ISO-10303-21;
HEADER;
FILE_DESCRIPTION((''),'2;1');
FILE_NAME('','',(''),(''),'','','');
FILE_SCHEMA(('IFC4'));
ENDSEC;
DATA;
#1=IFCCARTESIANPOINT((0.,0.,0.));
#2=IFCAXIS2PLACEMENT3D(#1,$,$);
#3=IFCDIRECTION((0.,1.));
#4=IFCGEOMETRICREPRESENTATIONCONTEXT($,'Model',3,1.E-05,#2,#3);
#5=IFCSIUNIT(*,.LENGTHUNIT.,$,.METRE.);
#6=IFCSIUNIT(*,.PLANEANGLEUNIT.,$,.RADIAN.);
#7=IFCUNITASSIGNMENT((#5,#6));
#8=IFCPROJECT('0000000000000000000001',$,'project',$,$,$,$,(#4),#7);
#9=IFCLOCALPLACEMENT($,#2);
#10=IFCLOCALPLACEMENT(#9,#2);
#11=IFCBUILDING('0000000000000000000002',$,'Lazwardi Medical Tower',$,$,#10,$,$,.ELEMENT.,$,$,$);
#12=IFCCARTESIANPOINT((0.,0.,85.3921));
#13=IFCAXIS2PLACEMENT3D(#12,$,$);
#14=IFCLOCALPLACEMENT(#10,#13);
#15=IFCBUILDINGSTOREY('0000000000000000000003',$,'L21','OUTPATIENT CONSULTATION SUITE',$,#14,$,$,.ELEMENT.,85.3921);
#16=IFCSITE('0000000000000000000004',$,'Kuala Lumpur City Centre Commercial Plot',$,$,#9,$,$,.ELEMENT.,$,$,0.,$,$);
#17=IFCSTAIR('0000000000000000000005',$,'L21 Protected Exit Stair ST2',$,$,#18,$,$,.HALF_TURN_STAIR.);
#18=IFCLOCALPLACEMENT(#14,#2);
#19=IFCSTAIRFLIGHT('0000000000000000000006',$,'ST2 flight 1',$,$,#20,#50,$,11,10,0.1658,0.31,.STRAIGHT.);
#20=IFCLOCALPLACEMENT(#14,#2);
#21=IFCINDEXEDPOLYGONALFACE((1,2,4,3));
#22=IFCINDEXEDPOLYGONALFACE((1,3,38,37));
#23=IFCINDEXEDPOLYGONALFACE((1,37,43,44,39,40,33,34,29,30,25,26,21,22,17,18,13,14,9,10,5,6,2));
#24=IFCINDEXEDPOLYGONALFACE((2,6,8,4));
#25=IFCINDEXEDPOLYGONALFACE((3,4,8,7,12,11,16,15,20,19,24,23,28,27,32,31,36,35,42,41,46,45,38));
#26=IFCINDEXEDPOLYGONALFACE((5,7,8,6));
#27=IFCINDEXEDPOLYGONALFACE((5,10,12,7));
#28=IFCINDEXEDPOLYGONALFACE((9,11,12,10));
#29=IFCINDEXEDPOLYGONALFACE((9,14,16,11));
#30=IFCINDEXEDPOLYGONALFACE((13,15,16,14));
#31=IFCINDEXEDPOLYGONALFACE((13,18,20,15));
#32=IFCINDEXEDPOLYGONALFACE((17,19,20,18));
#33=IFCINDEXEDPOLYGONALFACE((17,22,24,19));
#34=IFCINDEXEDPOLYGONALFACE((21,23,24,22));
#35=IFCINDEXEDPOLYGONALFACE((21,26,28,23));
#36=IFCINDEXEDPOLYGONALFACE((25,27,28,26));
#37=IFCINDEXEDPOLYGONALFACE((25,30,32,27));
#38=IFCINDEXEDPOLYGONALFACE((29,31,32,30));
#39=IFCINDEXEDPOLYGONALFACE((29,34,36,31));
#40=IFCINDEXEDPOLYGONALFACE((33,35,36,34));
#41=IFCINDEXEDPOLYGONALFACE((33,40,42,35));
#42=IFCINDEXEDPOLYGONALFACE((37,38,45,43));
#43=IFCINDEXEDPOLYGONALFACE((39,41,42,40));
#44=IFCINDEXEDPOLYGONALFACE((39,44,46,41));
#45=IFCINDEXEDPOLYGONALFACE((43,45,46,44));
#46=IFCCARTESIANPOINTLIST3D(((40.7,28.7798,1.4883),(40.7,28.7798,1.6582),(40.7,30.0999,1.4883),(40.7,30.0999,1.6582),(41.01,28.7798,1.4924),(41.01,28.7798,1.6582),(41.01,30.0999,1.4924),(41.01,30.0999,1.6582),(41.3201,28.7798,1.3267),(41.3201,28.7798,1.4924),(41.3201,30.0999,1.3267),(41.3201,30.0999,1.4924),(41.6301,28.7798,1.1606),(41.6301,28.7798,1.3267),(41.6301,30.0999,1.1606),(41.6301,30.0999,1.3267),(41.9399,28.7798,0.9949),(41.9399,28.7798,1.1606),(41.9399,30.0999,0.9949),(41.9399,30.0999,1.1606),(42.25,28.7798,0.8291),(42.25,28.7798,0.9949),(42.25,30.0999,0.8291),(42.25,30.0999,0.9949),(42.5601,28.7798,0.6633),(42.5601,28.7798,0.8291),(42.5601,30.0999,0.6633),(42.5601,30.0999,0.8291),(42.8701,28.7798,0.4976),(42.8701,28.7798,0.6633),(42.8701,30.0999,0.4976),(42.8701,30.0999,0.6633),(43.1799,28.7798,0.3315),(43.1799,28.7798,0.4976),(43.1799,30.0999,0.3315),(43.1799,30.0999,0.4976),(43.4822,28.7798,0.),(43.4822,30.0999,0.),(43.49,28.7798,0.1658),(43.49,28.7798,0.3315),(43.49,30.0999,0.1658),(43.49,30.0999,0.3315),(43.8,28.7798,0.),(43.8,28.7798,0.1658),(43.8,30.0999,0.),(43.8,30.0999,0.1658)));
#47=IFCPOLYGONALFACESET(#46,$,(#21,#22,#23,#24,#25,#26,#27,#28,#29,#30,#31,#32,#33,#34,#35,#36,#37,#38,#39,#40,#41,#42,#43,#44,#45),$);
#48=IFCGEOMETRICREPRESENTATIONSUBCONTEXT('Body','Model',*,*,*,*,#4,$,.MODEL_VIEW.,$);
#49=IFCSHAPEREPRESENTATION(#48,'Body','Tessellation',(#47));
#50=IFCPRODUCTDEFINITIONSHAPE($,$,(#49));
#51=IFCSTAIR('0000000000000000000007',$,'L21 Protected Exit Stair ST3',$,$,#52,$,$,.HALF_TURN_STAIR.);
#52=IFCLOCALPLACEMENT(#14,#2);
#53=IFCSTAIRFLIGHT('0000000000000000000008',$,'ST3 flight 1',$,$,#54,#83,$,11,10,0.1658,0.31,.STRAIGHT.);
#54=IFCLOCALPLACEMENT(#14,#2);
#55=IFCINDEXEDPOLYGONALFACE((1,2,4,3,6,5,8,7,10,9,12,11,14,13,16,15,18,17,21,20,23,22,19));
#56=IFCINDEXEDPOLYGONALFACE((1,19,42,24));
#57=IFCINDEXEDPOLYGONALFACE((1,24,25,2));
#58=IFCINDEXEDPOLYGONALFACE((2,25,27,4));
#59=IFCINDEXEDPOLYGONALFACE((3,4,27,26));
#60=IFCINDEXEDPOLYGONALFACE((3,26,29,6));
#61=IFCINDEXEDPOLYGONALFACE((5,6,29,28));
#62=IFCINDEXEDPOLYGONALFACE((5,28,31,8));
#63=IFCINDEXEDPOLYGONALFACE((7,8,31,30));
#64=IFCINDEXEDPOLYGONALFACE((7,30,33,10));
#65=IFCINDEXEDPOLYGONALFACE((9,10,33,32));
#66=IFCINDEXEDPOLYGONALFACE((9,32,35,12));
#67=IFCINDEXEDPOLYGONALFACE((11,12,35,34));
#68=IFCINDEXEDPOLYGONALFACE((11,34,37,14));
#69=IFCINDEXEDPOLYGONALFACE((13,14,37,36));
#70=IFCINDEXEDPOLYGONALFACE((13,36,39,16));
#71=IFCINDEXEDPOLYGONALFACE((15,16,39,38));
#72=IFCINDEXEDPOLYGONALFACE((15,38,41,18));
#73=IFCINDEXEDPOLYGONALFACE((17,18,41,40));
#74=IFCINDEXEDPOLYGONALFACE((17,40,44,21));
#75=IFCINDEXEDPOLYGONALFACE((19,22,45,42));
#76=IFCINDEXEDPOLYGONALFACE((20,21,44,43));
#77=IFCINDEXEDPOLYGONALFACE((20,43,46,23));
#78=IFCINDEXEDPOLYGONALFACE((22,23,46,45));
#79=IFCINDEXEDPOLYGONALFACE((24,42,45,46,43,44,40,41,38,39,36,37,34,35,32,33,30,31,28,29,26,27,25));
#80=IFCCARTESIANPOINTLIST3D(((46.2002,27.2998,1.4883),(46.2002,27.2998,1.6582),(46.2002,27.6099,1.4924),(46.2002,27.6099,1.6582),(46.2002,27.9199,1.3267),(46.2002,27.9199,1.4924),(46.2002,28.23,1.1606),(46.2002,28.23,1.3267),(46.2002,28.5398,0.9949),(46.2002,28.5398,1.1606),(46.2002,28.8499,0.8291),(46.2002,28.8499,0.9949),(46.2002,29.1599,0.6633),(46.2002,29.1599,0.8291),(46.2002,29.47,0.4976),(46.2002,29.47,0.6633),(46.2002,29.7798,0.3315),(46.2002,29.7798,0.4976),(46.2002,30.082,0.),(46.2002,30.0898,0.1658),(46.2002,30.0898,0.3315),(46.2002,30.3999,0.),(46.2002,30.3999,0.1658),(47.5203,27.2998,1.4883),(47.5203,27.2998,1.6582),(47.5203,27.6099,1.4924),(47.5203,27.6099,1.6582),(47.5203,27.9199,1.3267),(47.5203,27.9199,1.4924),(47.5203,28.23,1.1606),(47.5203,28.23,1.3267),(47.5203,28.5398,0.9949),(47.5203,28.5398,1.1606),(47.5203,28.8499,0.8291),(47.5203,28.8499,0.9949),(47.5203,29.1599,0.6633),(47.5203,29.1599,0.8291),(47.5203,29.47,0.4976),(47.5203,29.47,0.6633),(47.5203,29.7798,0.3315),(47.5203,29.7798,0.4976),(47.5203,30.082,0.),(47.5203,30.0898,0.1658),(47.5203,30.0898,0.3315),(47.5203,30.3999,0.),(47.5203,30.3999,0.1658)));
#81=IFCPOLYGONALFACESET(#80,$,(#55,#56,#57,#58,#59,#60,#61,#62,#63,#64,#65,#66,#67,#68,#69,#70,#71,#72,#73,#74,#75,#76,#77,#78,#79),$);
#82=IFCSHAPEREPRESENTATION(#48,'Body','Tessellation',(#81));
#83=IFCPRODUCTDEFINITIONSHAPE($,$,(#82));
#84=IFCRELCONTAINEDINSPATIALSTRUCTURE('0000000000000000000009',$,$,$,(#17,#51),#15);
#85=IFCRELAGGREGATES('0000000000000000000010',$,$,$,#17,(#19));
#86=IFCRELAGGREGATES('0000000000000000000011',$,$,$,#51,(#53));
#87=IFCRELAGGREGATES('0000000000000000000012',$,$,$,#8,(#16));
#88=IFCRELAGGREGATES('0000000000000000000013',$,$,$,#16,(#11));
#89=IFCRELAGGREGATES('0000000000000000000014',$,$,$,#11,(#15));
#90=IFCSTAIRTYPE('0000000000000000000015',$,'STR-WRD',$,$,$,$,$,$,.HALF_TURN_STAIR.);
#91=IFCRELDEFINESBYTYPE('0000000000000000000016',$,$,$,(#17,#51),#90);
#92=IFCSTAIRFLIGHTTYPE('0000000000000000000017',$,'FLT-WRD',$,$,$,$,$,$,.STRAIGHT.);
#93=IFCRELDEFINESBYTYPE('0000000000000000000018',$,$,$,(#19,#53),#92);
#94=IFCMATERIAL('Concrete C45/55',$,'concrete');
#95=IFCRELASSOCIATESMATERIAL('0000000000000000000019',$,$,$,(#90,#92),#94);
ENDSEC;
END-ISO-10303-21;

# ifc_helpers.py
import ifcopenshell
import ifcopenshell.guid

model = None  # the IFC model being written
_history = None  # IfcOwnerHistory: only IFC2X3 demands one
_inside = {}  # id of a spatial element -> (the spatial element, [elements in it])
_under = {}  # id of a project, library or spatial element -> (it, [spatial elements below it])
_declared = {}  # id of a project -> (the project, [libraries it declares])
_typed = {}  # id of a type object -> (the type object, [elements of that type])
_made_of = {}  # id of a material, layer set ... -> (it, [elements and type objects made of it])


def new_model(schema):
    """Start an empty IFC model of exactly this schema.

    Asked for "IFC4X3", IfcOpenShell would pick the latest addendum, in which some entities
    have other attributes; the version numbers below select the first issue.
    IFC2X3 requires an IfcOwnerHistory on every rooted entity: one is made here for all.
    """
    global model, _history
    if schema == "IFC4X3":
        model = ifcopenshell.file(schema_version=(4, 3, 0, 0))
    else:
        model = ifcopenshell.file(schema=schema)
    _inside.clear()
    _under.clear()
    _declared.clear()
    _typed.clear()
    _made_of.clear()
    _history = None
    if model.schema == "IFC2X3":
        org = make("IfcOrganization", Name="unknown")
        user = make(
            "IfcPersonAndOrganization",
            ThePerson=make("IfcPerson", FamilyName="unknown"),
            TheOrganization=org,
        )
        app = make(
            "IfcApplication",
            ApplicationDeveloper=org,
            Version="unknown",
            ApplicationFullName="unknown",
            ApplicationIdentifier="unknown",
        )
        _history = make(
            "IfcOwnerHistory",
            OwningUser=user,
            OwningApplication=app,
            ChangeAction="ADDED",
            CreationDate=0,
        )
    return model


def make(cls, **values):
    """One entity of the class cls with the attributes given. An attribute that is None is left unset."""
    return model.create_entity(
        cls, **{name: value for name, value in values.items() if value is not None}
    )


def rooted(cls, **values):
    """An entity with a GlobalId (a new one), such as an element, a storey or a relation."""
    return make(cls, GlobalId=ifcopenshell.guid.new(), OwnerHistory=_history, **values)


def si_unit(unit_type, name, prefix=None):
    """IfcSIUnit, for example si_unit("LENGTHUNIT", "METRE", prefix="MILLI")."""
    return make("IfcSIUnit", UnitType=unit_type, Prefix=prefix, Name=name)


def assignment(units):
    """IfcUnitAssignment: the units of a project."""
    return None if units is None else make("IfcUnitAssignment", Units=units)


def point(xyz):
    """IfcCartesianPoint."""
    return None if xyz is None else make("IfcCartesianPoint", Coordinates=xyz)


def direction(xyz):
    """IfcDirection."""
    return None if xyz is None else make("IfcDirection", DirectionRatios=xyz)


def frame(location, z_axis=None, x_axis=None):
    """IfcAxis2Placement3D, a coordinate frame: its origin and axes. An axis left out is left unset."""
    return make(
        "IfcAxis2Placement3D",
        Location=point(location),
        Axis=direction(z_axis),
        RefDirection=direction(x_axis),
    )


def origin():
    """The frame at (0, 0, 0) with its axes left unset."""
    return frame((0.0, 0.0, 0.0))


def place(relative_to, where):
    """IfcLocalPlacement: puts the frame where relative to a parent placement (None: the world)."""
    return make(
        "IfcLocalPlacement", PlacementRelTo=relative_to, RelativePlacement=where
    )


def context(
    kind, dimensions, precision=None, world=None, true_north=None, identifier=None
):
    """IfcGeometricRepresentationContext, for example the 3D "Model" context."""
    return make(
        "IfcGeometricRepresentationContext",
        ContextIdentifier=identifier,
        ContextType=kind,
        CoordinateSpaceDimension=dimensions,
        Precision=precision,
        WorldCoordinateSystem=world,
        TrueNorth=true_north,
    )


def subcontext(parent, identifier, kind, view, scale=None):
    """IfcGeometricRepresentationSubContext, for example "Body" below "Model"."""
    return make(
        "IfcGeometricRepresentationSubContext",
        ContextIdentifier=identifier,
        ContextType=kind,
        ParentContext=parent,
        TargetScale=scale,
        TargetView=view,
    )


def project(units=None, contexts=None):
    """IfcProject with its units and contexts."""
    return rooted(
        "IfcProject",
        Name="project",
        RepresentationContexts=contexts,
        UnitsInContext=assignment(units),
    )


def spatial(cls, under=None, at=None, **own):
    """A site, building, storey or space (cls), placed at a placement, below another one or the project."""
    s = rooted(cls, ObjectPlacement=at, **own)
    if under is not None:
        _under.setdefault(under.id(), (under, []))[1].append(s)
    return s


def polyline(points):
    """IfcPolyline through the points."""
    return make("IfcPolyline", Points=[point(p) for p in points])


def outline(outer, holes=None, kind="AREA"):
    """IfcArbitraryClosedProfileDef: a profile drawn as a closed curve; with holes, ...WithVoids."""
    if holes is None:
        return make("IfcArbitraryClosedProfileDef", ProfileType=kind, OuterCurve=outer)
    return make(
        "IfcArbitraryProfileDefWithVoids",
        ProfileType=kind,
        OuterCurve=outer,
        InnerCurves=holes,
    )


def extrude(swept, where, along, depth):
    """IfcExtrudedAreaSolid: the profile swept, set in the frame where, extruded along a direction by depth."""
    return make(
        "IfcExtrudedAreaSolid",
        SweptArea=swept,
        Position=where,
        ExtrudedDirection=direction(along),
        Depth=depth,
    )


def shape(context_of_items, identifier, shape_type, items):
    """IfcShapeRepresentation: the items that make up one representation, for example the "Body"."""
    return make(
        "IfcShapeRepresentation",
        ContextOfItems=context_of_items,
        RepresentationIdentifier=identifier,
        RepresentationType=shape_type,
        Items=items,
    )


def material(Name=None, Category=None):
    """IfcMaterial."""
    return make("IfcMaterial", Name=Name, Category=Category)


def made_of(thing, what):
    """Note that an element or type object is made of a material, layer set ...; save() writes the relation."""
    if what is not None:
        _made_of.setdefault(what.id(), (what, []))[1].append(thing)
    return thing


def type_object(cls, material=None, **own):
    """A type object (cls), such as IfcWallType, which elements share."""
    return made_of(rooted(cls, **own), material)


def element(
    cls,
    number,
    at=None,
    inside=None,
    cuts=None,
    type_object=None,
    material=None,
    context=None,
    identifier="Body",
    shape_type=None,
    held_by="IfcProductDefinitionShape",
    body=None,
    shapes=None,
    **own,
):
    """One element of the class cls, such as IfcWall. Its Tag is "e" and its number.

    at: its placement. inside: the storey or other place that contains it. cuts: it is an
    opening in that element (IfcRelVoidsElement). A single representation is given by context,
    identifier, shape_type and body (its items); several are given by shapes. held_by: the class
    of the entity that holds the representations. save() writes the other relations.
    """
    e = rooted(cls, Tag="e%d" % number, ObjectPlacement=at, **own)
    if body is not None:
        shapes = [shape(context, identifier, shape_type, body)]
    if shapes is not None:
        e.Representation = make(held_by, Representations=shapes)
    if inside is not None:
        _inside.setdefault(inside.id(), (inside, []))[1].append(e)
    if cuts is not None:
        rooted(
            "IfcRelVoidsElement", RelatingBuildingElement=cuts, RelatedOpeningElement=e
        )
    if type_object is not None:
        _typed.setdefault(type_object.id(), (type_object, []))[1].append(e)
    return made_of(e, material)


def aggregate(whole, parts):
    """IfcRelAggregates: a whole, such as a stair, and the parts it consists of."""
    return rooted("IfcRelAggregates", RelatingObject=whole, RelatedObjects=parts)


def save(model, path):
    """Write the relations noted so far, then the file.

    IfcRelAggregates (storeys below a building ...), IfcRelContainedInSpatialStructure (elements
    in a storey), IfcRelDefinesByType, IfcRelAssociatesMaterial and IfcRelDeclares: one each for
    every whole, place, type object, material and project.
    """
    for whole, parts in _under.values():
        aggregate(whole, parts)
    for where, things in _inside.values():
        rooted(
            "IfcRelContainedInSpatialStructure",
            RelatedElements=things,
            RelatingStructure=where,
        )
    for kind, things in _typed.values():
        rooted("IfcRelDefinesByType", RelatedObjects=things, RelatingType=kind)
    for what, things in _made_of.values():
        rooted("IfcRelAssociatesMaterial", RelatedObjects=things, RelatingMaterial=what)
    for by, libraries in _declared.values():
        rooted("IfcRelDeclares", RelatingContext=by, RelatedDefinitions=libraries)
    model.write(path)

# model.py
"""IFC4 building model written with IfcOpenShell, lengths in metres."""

from ifc_helpers import new_model, si_unit, direction, frame, origin, place, context, subcontext, project, spatial, polyline, outline, extrude, material, type_object, element, aggregate, save


model = new_model("IFC4")

# Units and contexts
model_context = context("Model", 3, precision=1e-05, world=origin(), true_north=direction((0.0, 1.0)))
body_context = subcontext(model_context, "Body", "Model", "MODEL_VIEW")
ifc_project = project(units=[si_unit("LENGTHUNIT", "METRE"), si_unit("PLANEANGLEUNIT", "RADIAN")], contexts=[model_context])

# Site, building, storey
site_placement = place(None, origin())
site = spatial("IfcSite", under=ifc_project, at=site_placement, Name="Kuala Lumpur City Centre Commercial Plot", CompositionType="ELEMENT", RefElevation=0.0)
building_placement = place(site_placement, origin())
building = spatial("IfcBuilding", under=site, at=building_placement, Name="Lazwardi Medical Tower", CompositionType="ELEMENT")
storey_placement = place(building_placement, frame((0.0, 0.0, 85.3921)))
storey = spatial("IfcBuildingStorey", under=building, at=storey_placement, Name="L21", Description="OUTPATIENT CONSULTATION SUITE", CompositionType="ELEMENT", Elevation=85.3921)

# Stairs, stair flights
ifc_material_1 = material(Name="Concrete C45/55", Category="concrete")
stair_type = type_object("IfcStairType", Name="STR-WRD", PredefinedType="HALF_TURN_STAIR", material=ifc_material_1)
stair_1_placement = place(storey_placement, origin())
stair_1 = element("IfcStair", 1, at=stair_1_placement, inside=storey, type_object=stair_type, Name="L21 Protected Exit Stair ST2", PredefinedType="HALF_TURN_STAIR")
stair_flight_type = type_object("IfcStairFlightType", Name="FLT-WRD", PredefinedType="STRAIGHT", material=ifc_material_1)
stair_flight_1_placement = place(storey_placement, frame((43.8, 29.4399, 0.0), z_axis=(0.0, 0.0, 1.0), x_axis=(-1.0, 0.0, 0.0)))
stair_flight_1 = element("IfcStairFlight", 2, at=stair_flight_1_placement, type_object=stair_flight_type, Name="ST2 flight 1", NumberOfRisers=11, NumberOfTreads=10, PredefinedType="STRAIGHT", RiserHeight=0.1658, TreadLength=0.31, context=body_context, shape_type="SweptSolid", body=[
    extrude(outline(polyline([(0.0, 0.0), (0.0, 0.1658), (0.3101, 0.1658), (0.3101, 0.3315), (0.6201, 0.3315), (0.6201, 0.4976), (0.9299, 0.4976), (0.9299, 0.6633), (1.24, 0.6633), (1.24, 0.8291), (1.55, 0.8291), (1.55, 0.9949), (1.8601, 0.9949), (1.8601, 1.1606), (2.1699, 1.1606), (2.1699, 1.3267), (2.48, 1.3267), (2.48, 1.4924), (2.79, 1.4924), (2.79, 1.6582), (3.1001, 1.6582), (3.1001, 1.824), (3.1001, 1.4883), (0.3179, 0.0), (0.0, 0.0)])), frame((0.0, 0.6602, 0.0), z_axis=(0.0, -1.0, 0.0), x_axis=(1.0, 0.0, 0.0)), (0.0, 0.0, 1.0), 1.3201),
])
aggregate(stair_1, [stair_flight_1])
stair_2_placement = place(storey_placement, origin())
stair_2 = element("IfcStair", 3, at=stair_2_placement, inside=storey, type_object=stair_type, Name="L21 Protected Exit Stair ST3", PredefinedType="HALF_TURN_STAIR")
stair_flight_2_placement = place(storey_placement, frame((46.8601, 30.3999, 0.0), z_axis=(0.0, 0.0, 1.0), x_axis=(0.0, -1.0, 0.0)))
stair_flight_2 = element("IfcStairFlight", 4, at=stair_flight_2_placement, type_object=stair_flight_type, Name="ST3 flight 1", NumberOfRisers=11, NumberOfTreads=10, PredefinedType="STRAIGHT", RiserHeight=0.1658, TreadLength=0.31, context=body_context, shape_type="SweptSolid", body=[
    extrude(outline(polyline([(0.0, 0.0), (0.0, 0.1658), (0.3101, 0.1658), (0.3101, 0.3315), (0.6201, 0.3315), (0.6201, 0.4976), (0.9299, 0.4976), (0.9299, 0.6633), (1.24, 0.6633), (1.24, 0.8291), (1.55, 0.8291), (1.55, 0.9949), (1.8601, 0.9949), (1.8601, 1.1606), (2.1699, 1.1606), (2.1699, 1.3267), (2.48, 1.3267), (2.48, 1.4924), (2.79, 1.4924), (2.79, 1.6582), (3.1001, 1.6582), (3.1001, 1.824), (3.1001, 1.4883), (0.3179, 0.0), (0.0, 0.0)])), frame((0.0, 0.6602, 0.0), z_axis=(0.0, -1.0, 0.0), x_axis=(1.0, 0.0, 0.0)), (0.0, 0.0, 1.0), 1.3201),
])
aggregate(stair_2, [stair_flight_2])

save(model, "model.ifc")
